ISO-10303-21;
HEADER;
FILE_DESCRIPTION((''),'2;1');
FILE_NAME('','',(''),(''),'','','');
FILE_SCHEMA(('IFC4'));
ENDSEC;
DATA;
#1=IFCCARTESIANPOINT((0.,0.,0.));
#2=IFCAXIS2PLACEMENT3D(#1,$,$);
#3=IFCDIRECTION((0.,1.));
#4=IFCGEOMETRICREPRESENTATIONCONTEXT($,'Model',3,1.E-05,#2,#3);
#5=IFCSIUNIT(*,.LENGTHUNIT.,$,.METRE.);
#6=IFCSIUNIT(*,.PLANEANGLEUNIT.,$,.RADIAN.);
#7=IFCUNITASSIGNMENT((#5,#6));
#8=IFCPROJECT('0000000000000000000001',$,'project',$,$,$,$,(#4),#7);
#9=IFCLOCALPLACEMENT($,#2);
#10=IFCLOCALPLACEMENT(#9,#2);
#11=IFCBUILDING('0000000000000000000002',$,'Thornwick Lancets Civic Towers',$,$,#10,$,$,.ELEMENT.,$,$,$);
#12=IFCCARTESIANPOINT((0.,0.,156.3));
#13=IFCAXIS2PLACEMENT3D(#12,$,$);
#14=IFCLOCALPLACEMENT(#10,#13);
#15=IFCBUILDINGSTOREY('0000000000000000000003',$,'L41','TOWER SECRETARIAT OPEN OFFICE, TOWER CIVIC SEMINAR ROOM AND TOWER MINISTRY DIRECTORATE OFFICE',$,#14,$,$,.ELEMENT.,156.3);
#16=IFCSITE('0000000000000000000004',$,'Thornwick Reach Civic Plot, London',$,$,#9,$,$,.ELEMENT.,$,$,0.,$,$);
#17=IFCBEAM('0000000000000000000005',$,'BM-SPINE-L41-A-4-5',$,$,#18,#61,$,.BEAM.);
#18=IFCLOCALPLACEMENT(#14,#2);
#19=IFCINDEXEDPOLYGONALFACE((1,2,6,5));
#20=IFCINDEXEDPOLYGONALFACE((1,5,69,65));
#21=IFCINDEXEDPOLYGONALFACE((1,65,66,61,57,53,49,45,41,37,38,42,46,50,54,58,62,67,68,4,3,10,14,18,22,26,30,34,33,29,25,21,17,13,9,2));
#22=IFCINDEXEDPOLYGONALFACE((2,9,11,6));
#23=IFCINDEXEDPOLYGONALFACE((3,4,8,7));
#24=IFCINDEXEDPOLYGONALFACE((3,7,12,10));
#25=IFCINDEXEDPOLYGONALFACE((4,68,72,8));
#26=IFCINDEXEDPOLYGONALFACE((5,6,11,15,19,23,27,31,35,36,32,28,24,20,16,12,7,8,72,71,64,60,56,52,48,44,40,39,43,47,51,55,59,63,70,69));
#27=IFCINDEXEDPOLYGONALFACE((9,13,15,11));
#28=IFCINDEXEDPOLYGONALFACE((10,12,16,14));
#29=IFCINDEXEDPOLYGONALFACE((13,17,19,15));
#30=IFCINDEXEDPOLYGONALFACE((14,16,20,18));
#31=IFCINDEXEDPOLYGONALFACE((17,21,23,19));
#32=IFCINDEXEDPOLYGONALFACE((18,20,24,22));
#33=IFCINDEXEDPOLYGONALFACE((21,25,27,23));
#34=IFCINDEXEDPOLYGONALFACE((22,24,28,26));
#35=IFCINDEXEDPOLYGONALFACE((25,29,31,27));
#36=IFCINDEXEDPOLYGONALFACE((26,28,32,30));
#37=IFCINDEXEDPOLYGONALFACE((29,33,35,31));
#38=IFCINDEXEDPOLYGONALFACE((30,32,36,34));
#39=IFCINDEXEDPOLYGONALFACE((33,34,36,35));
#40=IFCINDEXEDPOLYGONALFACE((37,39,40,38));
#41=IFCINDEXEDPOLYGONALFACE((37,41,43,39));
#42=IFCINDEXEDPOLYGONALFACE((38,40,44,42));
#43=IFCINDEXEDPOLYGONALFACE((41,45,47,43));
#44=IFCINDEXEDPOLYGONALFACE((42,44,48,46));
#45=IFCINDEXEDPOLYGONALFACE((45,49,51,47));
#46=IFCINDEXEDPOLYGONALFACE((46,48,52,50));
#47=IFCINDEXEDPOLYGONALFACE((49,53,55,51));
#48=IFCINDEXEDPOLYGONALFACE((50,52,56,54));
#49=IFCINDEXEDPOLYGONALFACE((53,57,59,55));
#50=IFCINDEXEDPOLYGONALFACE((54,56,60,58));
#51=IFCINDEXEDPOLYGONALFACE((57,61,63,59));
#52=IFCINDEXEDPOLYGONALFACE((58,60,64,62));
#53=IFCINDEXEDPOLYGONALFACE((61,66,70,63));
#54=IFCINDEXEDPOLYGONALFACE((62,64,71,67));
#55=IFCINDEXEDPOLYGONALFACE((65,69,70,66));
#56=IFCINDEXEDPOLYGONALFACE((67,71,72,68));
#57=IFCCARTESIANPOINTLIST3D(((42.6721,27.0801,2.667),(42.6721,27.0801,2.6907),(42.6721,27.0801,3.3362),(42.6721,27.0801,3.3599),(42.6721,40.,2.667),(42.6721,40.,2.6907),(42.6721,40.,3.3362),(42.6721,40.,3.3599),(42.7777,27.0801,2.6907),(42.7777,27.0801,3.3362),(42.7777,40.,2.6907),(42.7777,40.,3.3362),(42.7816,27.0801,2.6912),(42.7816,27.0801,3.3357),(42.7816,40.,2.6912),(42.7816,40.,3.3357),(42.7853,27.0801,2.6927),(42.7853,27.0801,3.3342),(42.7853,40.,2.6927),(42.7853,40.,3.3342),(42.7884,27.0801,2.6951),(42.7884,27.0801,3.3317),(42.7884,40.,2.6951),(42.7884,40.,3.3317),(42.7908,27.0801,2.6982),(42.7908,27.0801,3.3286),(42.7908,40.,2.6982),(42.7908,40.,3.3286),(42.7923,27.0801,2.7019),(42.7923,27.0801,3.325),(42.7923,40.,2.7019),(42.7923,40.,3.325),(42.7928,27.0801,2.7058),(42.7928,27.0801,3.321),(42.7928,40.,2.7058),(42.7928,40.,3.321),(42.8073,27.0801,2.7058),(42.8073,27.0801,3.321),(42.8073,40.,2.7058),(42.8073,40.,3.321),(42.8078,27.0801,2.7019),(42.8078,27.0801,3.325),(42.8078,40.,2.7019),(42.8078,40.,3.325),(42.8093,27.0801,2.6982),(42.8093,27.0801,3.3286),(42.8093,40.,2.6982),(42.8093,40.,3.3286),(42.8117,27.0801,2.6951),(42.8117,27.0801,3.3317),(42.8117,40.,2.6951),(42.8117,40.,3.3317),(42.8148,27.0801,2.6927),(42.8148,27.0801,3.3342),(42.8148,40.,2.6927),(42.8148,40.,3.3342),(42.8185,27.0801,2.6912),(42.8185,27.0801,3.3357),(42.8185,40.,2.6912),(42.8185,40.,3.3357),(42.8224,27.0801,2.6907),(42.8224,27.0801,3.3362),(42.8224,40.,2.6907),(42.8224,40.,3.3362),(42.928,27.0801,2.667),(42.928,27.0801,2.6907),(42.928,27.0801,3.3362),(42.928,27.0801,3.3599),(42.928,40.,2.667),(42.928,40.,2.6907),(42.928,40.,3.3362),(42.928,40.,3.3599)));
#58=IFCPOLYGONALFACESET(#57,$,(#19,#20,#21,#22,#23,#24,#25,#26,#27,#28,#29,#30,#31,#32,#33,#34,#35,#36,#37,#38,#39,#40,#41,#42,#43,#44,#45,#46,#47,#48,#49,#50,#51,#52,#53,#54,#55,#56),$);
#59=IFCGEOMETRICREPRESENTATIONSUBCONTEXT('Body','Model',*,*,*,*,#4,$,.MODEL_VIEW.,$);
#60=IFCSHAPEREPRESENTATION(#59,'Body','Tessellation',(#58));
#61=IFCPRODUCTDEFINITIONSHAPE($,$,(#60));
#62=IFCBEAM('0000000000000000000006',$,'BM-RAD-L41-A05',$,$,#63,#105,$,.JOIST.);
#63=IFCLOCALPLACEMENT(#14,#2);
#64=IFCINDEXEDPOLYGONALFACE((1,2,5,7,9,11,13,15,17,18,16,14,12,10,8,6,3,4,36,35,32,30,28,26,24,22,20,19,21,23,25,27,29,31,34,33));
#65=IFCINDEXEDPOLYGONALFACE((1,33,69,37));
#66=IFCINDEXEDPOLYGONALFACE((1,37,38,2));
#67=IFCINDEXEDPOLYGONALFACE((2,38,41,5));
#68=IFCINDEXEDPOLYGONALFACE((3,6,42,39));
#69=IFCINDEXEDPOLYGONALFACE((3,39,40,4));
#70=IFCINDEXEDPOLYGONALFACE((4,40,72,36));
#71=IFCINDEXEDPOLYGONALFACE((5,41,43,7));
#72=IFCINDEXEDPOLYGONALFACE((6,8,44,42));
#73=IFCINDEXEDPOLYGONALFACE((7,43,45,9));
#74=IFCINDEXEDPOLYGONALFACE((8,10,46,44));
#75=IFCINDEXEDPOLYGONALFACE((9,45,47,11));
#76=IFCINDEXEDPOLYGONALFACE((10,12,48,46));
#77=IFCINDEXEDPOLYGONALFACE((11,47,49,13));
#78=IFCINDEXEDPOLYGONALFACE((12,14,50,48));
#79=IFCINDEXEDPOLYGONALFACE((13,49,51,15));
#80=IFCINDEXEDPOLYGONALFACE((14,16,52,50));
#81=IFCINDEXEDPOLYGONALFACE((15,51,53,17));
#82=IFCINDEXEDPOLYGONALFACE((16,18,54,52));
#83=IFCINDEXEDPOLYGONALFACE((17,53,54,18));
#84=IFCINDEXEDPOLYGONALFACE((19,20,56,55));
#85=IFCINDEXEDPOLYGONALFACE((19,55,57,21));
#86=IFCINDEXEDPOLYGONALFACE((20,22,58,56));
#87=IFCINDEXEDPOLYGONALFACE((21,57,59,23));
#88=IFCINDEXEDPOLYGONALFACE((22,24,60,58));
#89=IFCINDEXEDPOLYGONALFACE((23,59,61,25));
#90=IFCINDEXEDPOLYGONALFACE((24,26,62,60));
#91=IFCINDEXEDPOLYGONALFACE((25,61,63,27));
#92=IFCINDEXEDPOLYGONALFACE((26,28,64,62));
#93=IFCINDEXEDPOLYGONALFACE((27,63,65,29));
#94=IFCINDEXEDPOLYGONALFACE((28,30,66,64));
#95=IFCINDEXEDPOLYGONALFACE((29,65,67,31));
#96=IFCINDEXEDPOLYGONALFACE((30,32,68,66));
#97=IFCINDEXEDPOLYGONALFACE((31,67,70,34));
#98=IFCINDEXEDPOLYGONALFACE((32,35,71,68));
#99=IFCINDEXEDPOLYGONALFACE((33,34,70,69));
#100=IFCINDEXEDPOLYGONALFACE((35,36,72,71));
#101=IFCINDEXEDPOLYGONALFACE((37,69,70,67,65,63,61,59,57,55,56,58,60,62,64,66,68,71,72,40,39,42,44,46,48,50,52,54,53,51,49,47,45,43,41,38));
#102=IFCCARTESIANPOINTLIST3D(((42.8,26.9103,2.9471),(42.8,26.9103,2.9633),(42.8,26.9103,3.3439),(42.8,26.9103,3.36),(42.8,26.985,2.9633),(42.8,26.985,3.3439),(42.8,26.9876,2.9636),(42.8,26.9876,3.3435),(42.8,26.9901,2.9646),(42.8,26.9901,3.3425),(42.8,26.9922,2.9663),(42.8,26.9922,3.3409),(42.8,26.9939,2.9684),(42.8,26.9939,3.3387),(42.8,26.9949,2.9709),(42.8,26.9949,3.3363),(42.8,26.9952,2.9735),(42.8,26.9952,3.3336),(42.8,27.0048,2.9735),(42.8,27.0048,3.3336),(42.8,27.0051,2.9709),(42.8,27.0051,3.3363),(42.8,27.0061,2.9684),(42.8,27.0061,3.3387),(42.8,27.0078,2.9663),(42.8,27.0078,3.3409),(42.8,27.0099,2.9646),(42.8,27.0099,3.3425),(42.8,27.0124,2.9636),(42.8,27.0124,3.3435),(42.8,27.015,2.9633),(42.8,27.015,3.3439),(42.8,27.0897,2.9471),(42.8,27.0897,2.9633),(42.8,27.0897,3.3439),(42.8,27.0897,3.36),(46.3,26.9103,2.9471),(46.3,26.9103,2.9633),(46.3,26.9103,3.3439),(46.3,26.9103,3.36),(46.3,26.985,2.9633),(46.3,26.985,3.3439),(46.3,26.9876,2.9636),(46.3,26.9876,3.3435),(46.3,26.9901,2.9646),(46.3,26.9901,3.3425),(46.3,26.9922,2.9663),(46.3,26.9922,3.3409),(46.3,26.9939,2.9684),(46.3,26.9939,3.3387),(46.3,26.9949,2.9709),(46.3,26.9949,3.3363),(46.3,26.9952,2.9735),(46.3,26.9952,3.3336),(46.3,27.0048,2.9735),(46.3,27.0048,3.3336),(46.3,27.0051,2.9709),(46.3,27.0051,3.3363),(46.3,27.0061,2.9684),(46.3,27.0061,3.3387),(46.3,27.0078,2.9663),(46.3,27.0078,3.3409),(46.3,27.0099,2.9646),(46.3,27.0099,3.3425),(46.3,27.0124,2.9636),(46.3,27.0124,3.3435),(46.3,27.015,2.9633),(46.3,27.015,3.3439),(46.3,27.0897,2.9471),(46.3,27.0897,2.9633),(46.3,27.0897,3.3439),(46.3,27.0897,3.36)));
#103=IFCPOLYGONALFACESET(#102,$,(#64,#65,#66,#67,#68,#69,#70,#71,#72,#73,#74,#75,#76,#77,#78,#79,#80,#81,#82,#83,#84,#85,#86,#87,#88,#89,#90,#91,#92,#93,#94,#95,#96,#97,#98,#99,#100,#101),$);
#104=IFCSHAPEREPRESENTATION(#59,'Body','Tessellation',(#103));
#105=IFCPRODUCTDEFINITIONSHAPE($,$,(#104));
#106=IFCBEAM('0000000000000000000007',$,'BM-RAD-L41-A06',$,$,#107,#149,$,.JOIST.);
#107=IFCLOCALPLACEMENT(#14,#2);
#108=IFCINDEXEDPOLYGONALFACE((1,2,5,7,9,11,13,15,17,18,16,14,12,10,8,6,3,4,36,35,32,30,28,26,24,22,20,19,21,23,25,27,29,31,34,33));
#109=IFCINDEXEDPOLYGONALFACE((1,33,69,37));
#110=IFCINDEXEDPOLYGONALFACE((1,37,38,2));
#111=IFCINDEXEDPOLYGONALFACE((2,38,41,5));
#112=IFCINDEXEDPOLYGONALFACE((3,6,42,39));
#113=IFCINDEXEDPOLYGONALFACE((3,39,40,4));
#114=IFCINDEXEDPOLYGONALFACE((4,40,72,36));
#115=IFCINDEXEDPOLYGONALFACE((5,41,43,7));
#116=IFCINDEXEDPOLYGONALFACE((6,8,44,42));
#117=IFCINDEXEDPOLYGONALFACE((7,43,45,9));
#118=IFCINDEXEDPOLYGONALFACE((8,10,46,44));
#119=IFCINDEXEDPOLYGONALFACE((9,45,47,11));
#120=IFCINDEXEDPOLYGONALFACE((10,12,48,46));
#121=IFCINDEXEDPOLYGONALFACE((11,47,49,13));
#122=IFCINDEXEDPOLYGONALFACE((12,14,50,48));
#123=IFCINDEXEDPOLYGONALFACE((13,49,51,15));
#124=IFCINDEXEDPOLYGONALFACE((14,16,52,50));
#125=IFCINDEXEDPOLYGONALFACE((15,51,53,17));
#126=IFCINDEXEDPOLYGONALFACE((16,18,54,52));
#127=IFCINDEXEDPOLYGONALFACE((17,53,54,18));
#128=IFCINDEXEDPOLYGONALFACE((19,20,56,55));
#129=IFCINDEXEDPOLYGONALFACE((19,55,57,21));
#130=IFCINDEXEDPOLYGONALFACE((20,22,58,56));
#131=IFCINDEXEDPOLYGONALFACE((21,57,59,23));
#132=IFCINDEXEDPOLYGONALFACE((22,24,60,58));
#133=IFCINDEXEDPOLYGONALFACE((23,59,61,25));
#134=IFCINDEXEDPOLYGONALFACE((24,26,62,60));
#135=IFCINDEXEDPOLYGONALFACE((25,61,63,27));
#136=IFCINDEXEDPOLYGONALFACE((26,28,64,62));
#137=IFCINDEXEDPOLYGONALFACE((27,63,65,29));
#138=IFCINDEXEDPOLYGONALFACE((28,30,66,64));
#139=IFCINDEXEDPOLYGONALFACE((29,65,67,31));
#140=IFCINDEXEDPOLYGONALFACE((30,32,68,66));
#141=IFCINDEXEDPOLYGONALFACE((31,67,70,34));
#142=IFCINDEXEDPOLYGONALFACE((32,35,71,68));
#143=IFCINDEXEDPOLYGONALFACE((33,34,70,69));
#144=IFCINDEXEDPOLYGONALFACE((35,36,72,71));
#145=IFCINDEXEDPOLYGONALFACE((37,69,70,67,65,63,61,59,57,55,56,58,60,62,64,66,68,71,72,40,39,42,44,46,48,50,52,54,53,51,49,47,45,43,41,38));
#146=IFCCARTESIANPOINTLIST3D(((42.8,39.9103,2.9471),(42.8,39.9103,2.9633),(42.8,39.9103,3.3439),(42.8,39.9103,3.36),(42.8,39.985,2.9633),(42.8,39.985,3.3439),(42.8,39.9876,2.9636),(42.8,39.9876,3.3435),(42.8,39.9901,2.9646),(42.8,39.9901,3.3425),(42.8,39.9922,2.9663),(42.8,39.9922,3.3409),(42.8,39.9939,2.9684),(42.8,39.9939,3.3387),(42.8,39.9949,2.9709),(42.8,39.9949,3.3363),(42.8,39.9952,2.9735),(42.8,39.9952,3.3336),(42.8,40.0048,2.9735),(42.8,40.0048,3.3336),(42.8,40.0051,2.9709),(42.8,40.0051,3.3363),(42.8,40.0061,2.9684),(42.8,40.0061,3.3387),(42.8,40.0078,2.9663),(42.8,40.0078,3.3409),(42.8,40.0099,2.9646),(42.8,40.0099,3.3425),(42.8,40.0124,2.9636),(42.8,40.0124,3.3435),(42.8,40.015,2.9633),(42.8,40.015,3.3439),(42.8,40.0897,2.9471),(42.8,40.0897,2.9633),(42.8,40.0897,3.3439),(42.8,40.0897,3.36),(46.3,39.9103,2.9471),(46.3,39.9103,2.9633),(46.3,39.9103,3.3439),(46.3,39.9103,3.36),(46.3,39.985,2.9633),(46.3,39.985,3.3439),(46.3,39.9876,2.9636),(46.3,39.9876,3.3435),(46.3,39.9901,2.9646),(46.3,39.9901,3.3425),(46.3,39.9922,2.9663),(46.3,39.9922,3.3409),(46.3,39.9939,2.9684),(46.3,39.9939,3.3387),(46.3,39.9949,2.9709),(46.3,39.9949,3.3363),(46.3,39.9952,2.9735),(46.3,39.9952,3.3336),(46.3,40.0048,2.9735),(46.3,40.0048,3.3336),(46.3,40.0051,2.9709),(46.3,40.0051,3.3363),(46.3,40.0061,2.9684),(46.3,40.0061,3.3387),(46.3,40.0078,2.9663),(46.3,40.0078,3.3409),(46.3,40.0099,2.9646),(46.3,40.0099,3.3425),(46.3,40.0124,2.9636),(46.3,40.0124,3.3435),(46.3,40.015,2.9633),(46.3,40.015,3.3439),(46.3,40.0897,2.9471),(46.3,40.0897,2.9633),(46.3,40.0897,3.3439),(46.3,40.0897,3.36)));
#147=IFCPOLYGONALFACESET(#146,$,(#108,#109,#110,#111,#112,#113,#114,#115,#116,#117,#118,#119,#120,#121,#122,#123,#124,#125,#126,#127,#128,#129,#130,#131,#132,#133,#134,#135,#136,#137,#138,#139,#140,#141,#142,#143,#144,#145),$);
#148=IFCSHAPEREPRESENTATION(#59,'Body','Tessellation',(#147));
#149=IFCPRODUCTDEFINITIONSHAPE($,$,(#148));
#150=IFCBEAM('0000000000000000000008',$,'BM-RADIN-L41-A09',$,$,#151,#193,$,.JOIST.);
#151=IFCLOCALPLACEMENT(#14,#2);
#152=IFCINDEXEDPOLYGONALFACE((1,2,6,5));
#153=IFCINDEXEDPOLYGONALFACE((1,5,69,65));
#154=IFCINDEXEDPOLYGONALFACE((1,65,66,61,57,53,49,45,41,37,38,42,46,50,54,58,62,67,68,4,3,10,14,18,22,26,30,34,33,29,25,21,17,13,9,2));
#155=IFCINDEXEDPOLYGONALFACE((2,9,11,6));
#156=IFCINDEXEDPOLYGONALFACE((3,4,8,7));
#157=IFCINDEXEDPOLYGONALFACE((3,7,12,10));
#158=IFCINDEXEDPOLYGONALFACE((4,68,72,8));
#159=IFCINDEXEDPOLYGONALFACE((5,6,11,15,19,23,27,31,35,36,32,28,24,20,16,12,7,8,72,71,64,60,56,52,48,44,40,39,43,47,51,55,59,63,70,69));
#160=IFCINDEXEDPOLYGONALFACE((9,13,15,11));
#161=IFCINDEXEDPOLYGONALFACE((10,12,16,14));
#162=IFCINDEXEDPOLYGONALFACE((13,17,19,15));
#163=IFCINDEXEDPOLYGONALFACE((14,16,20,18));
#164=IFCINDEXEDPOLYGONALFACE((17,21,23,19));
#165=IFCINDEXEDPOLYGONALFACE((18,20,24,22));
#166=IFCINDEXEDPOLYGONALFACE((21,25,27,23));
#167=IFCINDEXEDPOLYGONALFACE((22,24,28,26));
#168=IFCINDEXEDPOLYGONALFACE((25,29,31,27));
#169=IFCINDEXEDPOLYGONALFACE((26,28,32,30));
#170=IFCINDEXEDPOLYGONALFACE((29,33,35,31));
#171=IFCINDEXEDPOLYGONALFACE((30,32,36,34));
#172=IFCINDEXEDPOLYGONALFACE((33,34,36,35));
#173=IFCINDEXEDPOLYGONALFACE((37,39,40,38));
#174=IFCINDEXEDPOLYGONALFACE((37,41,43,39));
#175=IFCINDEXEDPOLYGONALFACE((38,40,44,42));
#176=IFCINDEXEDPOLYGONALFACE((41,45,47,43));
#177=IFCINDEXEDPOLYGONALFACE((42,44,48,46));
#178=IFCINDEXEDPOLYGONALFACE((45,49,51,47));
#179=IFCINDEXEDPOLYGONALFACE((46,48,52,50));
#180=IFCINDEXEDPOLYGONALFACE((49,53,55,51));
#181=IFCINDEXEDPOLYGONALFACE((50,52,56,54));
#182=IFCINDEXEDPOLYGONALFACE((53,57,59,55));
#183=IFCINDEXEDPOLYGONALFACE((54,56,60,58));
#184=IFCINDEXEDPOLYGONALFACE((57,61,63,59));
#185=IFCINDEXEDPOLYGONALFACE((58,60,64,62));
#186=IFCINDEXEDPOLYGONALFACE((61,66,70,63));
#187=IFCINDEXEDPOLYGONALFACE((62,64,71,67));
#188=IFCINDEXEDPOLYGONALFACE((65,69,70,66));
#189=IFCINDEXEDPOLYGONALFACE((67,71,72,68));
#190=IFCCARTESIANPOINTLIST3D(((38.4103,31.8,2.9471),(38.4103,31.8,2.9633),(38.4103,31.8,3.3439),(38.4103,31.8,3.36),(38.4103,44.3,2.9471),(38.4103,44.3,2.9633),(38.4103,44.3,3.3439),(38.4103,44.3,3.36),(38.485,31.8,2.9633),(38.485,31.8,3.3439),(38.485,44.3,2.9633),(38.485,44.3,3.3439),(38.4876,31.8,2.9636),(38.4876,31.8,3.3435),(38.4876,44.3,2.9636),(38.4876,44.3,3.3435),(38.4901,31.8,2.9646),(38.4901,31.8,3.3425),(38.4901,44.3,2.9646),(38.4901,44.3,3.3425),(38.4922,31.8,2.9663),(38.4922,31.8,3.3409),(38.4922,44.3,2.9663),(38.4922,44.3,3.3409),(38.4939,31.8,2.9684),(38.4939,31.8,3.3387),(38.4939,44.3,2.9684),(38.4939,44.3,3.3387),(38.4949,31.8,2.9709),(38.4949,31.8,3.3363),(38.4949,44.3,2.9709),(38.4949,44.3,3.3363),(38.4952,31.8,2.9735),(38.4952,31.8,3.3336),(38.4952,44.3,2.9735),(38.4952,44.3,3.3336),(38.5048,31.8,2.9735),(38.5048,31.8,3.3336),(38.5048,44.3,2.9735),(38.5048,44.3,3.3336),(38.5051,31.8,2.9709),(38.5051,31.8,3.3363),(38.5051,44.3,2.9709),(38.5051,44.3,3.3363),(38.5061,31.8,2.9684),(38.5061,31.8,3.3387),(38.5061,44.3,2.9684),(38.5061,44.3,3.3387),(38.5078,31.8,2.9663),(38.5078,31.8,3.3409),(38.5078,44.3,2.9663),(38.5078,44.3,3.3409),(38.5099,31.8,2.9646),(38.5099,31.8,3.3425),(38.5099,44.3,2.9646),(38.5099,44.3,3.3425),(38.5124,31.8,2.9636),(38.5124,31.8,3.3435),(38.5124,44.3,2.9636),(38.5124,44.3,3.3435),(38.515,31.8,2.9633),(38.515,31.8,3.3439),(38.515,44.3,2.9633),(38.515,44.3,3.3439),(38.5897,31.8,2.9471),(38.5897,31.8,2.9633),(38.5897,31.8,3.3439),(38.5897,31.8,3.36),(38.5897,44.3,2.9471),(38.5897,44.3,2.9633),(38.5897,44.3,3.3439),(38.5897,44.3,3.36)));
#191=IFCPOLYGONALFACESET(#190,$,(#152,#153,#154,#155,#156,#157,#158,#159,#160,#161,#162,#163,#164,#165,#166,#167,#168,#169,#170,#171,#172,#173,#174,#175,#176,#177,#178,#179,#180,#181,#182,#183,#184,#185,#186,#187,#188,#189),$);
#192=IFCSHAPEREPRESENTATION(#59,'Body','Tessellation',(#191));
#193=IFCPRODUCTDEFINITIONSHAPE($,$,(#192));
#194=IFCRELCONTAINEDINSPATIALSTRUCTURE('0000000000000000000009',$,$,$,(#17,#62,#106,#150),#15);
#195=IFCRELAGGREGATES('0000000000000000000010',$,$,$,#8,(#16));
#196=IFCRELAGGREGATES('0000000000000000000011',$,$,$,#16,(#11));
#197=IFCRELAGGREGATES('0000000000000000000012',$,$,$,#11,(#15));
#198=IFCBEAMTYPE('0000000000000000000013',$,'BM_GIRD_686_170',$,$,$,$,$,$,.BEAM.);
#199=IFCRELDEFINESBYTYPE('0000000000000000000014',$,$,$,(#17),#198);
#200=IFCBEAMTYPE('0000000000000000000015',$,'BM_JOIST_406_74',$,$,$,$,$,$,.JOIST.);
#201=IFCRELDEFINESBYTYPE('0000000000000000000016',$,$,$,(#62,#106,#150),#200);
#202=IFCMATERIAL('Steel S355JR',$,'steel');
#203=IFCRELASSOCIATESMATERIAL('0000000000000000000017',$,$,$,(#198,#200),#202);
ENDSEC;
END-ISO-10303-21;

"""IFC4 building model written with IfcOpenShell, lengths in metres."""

from ifc_helpers import new_model, si_unit, direction, frame, origin, origin_2d, place, context, subcontext, project, spatial, i_section, extrude, material, material_profile, profile_set, type_object, element, save


model = new_model("IFC4")

# Units and contexts
model_context = context("Model", 3, precision=1e-05, world=origin(), true_north=direction((0.0, 1.0)))
body_context = subcontext(model_context, "Body", "Model", "MODEL_VIEW")
ifc_project = project(units=[si_unit("LENGTHUNIT", "METRE"), si_unit("PLANEANGLEUNIT", "RADIAN")], contexts=[model_context])

# Site, building, storey
site_placement = place(None, origin())
site = spatial("IfcSite", under=ifc_project, at=site_placement, Name="Thornwick Reach Civic Plot, London", CompositionType="ELEMENT", RefElevation=0.0)
building_placement = place(site_placement, origin())
building = spatial("IfcBuilding", under=site, at=building_placement, Name="Thornwick Lancets Civic Towers", CompositionType="ELEMENT")
storey_placement = place(building_placement, frame((0.0, 0.0, 156.3)))
storey = spatial("IfcBuildingStorey", under=building, at=storey_placement, Name="L41", Description="TOWER SECRETARIAT OPEN OFFICE, TOWER CIVIC SEMINAR ROOM AND TOWER MINISTRY DIRECTORATE OFFICE", CompositionType="ELEMENT", Elevation=156.3)

# Beams
ifc_material_1 = material(Name="Steel S355JR", Category="steel")
ifc_material_profile_1 = material_profile(ifc_material_1, i_section(OverallWidth=0.2559, OverallDepth=0.6929, WebThickness=0.0144, FlangeThickness=0.0237, FilletRadius=0.0151, at=origin_2d()), Name="UKB 686x254x170")
ifc_profile_set_1 = profile_set([ifc_material_profile_1], Name="Steel S355JR")
beam_type_1 = type_object("IfcBeamType", Name="BM_GIRD_686_170", PredefinedType="BEAM", material=ifc_profile_set_1)
beam_1_placement = place(storey_placement, frame((42.8, 27.0801, 3.0134), z_axis=(0.0, 1.0, 0.0), x_axis=(-1.0, 0.0, 0.0)))
element("IfcBeam", 1, at=beam_1_placement, inside=storey, type_object=beam_type_1, Name="BM-SPINE-L41-A-4-5", PredefinedType="BEAM", context=body_context, shape_type="SweptSolid", body=[
    extrude(i_section(OverallWidth=0.2559, OverallDepth=0.6929, WebThickness=0.0144, FlangeThickness=0.0237, FilletRadius=0.0151, at=origin_2d()), origin(), (0.0, 0.0, 1.0), 12.9199),
])
ifc_material_profile_2 = material_profile(ifc_material_1, i_section(OverallWidth=0.1794, OverallDepth=0.4128, WebThickness=0.0095, FlangeThickness=0.0161, FilletRadius=0.0103, at=origin_2d()), Name="UKB 406x178x74")
ifc_profile_set_2 = profile_set([ifc_material_profile_2], Name="Steel S355JR")
beam_type_2 = type_object("IfcBeamType", Name="BM_JOIST_406_74", PredefinedType="JOIST", material=ifc_profile_set_2)
for number, where, z_axis, x_axis, name in (
    (2, (42.8, 27.0, 3.1536), (1.0, 0.0, 0.0), (0.0, 1.0, 0.0), "BM-RAD-L41-A05"),
    (3, (42.8, 40.0, 3.1536), (1.0, 0.0, 0.0), (0.0, 1.0, 0.0), "BM-RAD-L41-A06"),
):
    element("IfcBeam", number, at=place(storey_placement, frame(where, z_axis=z_axis, x_axis=x_axis)), inside=storey, type_object=beam_type_2, Name=name, PredefinedType="JOIST", context=body_context, shape_type="SweptSolid", body=[
        extrude(i_section(OverallWidth=0.1794, OverallDepth=0.4128, WebThickness=0.0095, FlangeThickness=0.0161, FilletRadius=0.0103, at=origin_2d()), origin(), (0.0, 0.0, 1.0), 3.5),
    ])
beam_2_placement = place(storey_placement, frame((38.5, 31.8, 3.1536), z_axis=(0.0, 1.0, 0.0), x_axis=(-1.0, 0.0, 0.0)))
element("IfcBeam", 4, at=beam_2_placement, inside=storey, type_object=beam_type_2, Name="BM-RADIN-L41-A09", PredefinedType="JOIST", context=body_context, shape_type="SweptSolid", body=[
    extrude(i_section(OverallWidth=0.1794, OverallDepth=0.4128, WebThickness=0.0095, FlangeThickness=0.0161, FilletRadius=0.0103, at=origin_2d()), origin(), (0.0, 0.0, 1.0), 12.5),
])

save(model, "model.ifc")
